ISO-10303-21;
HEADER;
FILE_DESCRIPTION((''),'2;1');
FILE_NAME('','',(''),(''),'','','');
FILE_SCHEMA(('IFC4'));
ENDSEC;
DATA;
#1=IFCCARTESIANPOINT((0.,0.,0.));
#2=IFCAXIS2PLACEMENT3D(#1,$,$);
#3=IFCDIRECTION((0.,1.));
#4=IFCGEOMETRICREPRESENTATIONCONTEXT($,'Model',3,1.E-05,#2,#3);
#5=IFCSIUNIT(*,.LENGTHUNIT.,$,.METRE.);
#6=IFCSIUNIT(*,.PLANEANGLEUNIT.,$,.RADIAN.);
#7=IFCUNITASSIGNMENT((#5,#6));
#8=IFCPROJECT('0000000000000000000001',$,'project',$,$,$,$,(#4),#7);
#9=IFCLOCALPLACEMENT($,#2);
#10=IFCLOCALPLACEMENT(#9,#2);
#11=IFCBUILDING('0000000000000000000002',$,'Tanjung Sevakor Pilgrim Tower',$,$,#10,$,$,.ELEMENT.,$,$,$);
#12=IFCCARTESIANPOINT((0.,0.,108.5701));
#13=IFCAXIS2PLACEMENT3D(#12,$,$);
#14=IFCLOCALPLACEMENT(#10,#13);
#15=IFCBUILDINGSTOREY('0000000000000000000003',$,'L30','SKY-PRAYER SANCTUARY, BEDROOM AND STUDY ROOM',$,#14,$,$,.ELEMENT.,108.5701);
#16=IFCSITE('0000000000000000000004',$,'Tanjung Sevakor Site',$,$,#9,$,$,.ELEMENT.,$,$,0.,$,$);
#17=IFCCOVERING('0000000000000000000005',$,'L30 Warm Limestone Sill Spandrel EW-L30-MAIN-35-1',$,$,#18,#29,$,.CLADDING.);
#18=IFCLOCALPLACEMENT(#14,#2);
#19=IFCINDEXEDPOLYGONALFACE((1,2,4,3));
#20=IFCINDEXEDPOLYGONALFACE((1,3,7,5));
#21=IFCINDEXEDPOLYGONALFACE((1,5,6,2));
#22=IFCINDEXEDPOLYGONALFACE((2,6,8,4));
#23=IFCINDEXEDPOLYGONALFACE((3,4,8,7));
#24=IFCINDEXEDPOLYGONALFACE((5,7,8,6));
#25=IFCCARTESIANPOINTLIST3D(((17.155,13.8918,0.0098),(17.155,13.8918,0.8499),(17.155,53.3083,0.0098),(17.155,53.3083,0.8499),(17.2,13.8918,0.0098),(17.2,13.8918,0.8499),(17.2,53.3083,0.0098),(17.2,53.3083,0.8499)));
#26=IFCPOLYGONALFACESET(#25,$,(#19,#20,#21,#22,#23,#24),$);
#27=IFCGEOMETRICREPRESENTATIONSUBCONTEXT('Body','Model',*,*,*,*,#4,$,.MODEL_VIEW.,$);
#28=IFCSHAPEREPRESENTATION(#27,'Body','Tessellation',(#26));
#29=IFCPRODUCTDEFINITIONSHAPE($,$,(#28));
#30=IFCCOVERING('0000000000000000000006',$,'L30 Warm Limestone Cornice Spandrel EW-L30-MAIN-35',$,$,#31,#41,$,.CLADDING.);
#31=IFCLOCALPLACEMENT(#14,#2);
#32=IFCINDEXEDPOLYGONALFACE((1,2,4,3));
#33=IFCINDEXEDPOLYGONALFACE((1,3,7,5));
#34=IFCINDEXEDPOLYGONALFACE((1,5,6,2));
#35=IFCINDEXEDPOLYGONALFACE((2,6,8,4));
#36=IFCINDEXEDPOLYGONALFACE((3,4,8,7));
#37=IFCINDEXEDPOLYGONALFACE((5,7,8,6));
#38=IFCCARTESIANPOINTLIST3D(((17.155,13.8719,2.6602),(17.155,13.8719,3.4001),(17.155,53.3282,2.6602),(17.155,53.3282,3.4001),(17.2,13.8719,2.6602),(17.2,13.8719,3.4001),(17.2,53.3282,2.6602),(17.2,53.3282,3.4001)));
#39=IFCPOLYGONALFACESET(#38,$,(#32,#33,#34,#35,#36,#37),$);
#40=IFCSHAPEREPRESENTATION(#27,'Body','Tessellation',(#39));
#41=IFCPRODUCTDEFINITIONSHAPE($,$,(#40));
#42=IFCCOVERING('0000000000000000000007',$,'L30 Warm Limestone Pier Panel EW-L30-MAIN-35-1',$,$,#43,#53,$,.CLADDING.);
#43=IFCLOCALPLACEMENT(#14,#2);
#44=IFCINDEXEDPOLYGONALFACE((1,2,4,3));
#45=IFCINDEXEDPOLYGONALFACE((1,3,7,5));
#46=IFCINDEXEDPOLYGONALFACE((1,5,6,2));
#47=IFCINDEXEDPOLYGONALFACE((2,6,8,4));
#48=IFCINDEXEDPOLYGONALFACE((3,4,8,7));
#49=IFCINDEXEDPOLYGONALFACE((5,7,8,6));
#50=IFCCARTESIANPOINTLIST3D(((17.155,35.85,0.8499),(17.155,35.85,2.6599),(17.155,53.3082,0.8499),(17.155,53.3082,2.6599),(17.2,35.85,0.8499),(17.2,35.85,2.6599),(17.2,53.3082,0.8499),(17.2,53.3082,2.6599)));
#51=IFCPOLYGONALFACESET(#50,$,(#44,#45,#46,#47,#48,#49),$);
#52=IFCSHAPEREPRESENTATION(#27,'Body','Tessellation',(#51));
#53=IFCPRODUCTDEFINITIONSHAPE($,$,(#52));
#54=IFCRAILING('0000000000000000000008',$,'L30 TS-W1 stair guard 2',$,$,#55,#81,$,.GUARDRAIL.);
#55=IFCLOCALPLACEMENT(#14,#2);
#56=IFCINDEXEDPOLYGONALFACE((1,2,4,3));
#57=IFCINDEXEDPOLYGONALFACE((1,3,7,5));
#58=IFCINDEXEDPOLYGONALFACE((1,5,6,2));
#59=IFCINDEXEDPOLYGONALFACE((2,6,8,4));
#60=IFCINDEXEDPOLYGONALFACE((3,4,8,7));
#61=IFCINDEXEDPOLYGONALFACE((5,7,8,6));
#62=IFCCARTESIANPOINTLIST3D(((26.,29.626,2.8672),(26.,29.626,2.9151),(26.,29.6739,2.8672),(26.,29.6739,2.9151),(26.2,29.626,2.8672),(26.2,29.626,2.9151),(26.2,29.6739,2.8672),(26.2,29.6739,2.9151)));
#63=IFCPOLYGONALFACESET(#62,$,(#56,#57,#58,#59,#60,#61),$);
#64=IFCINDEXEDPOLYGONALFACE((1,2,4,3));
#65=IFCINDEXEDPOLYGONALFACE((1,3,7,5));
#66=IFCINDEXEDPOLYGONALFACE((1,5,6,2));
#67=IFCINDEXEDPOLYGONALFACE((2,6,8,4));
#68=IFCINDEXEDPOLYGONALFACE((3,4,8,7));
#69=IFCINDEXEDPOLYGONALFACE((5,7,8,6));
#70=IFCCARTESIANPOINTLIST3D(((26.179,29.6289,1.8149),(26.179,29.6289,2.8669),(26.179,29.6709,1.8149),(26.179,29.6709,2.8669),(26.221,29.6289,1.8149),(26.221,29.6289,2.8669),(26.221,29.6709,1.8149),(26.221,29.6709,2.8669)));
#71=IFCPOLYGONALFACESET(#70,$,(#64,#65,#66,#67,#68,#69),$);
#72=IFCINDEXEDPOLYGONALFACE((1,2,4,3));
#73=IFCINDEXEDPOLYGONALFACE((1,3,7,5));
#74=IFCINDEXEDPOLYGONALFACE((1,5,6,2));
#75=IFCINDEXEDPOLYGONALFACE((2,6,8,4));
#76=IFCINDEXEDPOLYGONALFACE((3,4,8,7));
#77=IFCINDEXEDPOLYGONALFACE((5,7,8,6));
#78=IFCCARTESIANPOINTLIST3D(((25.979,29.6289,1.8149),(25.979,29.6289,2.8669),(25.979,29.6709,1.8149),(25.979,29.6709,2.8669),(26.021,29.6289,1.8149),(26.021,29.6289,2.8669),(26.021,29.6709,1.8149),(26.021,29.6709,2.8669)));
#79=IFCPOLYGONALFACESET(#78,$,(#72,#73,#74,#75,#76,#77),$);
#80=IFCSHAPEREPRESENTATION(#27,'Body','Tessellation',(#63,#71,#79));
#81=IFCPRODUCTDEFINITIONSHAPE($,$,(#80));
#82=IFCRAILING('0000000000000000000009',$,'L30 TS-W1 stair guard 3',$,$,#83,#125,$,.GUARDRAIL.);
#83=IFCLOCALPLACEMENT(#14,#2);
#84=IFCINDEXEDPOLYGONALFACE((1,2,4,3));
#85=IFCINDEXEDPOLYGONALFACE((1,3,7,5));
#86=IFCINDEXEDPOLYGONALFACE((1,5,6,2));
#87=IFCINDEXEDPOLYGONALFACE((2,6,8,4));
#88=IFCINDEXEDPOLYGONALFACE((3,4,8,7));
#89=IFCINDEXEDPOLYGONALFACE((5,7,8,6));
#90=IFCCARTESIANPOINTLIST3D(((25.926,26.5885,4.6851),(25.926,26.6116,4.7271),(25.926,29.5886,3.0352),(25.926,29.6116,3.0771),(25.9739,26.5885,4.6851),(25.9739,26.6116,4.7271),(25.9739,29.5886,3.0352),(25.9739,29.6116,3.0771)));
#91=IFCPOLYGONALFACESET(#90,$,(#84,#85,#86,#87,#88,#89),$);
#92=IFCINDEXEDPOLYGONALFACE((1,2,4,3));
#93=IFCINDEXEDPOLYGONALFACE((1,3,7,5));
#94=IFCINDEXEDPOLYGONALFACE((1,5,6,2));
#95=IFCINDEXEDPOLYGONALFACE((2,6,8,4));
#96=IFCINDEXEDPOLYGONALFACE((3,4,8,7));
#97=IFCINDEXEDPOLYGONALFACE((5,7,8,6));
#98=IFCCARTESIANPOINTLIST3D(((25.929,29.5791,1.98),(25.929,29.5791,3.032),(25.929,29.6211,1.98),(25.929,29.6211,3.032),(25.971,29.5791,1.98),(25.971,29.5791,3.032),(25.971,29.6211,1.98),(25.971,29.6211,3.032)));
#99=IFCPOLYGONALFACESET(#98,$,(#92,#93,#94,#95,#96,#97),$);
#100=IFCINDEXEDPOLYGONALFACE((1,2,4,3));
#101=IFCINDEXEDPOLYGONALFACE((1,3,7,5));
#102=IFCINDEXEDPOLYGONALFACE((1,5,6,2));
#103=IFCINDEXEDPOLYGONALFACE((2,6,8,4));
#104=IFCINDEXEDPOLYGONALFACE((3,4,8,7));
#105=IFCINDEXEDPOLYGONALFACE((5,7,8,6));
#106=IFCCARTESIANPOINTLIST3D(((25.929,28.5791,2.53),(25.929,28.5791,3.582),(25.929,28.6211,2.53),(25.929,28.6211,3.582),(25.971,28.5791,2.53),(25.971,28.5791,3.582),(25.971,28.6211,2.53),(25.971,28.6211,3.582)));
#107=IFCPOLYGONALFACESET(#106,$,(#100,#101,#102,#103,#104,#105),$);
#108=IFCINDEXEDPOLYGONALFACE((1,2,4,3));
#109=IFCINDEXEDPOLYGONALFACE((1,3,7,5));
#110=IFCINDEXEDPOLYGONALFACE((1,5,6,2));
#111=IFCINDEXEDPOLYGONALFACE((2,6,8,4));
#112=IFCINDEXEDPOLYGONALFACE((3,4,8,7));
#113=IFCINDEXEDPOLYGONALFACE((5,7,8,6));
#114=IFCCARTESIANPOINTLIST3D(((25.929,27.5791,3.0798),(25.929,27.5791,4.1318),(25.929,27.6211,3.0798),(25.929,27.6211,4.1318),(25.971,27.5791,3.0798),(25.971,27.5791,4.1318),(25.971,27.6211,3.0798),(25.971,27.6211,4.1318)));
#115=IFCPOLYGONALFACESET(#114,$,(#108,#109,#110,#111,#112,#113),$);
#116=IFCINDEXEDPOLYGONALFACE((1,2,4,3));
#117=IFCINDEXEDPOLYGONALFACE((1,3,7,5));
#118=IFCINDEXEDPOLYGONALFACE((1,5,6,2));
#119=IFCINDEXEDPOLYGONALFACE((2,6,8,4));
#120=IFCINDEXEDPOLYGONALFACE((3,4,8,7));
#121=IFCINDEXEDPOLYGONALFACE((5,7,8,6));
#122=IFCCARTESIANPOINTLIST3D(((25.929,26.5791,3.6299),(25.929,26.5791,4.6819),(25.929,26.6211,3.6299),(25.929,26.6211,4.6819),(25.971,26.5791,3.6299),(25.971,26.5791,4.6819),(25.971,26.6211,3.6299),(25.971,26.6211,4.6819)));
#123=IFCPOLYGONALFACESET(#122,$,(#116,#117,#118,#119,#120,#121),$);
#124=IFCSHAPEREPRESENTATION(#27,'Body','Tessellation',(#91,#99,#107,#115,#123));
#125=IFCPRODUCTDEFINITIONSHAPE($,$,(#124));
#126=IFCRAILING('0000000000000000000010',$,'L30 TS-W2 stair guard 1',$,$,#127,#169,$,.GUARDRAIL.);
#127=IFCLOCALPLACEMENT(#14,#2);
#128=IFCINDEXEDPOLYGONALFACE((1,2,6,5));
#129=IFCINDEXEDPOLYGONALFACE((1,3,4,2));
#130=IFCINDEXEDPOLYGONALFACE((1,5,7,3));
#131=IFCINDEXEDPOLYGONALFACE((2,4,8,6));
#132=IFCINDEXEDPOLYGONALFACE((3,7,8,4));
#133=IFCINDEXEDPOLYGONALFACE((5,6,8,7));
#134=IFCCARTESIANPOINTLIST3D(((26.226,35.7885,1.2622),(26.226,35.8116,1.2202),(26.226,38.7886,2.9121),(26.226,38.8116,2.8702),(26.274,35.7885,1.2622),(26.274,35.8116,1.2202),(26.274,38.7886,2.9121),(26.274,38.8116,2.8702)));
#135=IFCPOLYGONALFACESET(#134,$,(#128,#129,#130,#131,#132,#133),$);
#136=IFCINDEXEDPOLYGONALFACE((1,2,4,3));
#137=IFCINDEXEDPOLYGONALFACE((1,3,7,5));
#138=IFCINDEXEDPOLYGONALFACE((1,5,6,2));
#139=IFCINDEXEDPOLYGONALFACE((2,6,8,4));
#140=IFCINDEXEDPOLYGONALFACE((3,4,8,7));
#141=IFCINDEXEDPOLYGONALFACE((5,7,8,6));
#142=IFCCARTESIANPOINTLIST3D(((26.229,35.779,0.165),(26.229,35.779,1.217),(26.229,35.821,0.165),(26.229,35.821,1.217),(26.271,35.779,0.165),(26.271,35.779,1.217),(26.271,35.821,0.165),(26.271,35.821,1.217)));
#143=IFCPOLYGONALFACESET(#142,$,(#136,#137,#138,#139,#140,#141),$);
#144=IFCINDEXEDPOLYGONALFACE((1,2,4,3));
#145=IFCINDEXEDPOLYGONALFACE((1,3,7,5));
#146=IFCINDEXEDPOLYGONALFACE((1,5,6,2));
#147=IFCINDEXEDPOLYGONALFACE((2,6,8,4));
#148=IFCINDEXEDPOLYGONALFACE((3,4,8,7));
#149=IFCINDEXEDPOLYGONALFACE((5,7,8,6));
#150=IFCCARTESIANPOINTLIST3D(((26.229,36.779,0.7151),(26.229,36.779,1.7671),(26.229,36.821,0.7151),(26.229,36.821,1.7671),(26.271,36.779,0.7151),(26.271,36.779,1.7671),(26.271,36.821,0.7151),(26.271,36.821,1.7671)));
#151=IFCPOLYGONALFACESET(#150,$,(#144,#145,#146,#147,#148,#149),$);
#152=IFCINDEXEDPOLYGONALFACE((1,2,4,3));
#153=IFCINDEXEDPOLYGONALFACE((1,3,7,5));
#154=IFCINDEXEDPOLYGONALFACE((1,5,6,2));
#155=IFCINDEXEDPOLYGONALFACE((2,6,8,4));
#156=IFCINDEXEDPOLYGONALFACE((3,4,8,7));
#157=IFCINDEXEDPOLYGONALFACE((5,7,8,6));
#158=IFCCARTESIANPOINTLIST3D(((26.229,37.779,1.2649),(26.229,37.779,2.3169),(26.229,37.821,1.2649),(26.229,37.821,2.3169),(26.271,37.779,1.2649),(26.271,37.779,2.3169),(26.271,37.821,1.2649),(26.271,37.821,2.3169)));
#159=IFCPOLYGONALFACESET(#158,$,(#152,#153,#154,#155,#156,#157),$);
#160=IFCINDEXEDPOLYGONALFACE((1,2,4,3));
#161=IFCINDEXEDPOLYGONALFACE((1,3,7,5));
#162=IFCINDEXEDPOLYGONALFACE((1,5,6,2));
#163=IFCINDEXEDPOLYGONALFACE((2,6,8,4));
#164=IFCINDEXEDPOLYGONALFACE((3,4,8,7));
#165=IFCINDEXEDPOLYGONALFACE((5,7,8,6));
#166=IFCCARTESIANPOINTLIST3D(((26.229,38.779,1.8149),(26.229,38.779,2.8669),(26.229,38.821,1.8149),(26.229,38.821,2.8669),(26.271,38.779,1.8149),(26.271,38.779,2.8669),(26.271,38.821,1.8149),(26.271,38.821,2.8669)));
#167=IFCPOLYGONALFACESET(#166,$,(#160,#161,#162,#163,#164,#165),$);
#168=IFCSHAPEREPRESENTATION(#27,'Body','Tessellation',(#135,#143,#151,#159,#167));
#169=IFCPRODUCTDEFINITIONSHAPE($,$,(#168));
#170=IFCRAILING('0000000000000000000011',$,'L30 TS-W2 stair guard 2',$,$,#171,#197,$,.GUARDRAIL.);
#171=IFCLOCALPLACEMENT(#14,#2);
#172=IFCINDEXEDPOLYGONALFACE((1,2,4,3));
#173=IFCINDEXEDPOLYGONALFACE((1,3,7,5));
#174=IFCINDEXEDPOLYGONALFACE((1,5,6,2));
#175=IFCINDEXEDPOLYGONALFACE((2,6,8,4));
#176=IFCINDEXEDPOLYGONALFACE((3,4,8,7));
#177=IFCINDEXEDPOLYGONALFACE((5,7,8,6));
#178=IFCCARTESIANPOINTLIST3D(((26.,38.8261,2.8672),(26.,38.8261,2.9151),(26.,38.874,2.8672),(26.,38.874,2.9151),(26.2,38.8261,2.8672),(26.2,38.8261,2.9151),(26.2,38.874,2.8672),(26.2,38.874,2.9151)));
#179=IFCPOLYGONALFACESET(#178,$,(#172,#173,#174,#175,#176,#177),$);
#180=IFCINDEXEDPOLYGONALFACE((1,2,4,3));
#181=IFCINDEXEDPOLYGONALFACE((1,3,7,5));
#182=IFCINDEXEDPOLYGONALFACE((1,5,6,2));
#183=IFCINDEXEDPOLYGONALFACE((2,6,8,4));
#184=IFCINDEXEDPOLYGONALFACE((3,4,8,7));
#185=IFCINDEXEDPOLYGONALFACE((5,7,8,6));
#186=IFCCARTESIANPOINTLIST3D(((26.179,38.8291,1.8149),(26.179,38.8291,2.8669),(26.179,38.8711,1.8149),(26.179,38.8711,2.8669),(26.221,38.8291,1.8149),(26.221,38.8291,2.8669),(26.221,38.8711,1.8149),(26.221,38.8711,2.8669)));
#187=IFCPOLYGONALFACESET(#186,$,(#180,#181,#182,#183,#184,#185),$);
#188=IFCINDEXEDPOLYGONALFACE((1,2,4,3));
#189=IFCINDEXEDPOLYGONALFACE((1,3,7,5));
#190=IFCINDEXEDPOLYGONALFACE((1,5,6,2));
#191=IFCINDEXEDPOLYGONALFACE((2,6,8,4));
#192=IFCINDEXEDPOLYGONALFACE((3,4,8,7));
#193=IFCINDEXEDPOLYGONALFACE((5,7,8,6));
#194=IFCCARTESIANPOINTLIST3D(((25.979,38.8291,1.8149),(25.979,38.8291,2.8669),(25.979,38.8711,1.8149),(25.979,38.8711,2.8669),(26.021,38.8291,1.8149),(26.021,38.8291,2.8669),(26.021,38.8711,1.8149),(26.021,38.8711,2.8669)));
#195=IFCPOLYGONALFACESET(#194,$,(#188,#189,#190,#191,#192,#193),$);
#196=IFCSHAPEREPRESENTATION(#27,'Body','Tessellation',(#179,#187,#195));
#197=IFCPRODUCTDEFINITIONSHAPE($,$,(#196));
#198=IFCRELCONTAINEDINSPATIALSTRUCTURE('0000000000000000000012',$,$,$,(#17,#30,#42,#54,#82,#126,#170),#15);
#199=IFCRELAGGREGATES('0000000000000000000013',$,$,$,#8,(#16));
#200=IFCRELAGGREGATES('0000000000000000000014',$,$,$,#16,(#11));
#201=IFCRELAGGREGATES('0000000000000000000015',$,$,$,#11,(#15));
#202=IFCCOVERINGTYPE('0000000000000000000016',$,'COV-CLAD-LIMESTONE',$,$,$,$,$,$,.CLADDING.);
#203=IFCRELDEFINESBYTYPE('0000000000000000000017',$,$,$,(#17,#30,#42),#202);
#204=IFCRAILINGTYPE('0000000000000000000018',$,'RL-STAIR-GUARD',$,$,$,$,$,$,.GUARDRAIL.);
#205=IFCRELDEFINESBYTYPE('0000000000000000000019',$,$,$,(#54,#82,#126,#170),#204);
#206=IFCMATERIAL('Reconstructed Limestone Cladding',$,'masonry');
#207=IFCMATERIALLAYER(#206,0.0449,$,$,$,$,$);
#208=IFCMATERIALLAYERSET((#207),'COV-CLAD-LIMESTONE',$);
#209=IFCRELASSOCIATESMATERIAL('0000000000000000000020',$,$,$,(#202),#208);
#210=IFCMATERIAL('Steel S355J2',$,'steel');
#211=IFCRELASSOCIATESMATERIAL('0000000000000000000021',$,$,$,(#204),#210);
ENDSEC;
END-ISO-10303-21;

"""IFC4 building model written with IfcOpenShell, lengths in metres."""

from ifc_helpers import new_model, si_unit, direction, frame, origin, origin_2d, place, context, subcontext, project, spatial, rectangle, extrude, material, layer, layer_set, type_object, element, save


model = new_model("IFC4")

# Units and contexts
model_context = context("Model", 3, precision=1e-05, world=origin(), true_north=direction((0.0, 1.0)))
body_context = subcontext(model_context, "Body", "Model", "MODEL_VIEW")
ifc_project = project(units=[si_unit("LENGTHUNIT", "METRE"), si_unit("PLANEANGLEUNIT", "RADIAN")], contexts=[model_context])

# Site, building, storey
site_placement = place(None, origin())
site = spatial("IfcSite", under=ifc_project, at=site_placement, Name="Tanjung Sevakor Site", CompositionType="ELEMENT", RefElevation=0.0)
building_placement = place(site_placement, origin())
building = spatial("IfcBuilding", under=site, at=building_placement, Name="Tanjung Sevakor Pilgrim Tower", CompositionType="ELEMENT")
storey_placement = place(building_placement, frame((0.0, 0.0, 108.5701)))
storey = spatial("IfcBuildingStorey", under=building, at=storey_placement, Name="L30", Description="SKY-PRAYER SANCTUARY, BEDROOM AND STUDY ROOM", CompositionType="ELEMENT", Elevation=108.5701)

# Coverings
ifc_material_1 = material(Name="Reconstructed Limestone Cladding", Category="masonry")
ifc_layer_1 = layer(ifc_material_1, 0.0449)
ifc_layer_set_1 = layer_set([ifc_layer_1], Name="COV-CLAD-LIMESTONE")
covering_type = type_object("IfcCoveringType", Name="COV-CLAD-LIMESTONE", PredefinedType="CLADDING", material=ifc_layer_set_1)
covering_1_placement = place(storey_placement, frame((17.1775, 33.6001, 0.0098), z_axis=(0.0, 0.0, 1.0), x_axis=(0.0, -1.0, 0.0)))
element("IfcCovering", 1, at=covering_1_placement, inside=storey, type_object=covering_type, Name="L30 Warm Limestone Sill Spandrel EW-L30-MAIN-35-1", PredefinedType="CLADDING", context=body_context, shape_type="SweptSolid", body=[
    extrude(rectangle(XDim=39.4165, YDim=0.0449, at=origin_2d()), origin(), (0.0, 0.0, 1.0), 0.8401),
])
covering_2_placement = place(storey_placement, frame((17.1775, 33.6001, 2.6602), z_axis=(0.0, 0.0, 1.0), x_axis=(0.0, -1.0, 0.0)))
element("IfcCovering", 2, at=covering_2_placement, inside=storey, type_object=covering_type, Name="L30 Warm Limestone Cornice Spandrel EW-L30-MAIN-35", PredefinedType="CLADDING", context=body_context, shape_type="SweptSolid", body=[
    extrude(rectangle(XDim=39.4563, YDim=0.0449, at=origin_2d()), origin(), (0.0, 0.0, 1.0), 0.74),
])
covering_3_placement = place(storey_placement, frame((17.1775, 44.5791, 0.8499), z_axis=(0.0, 0.0, 1.0), x_axis=(0.0, -1.0, 0.0)))
element("IfcCovering", 3, at=covering_3_placement, inside=storey, type_object=covering_type, Name="L30 Warm Limestone Pier Panel EW-L30-MAIN-35-1", PredefinedType="CLADDING", context=body_context, shape_type="SweptSolid", body=[
    extrude(rectangle(XDim=17.4583, YDim=0.0449, at=origin_2d()), origin(), (0.0, 0.0, 1.0), 1.8101),
])

# Railings
ifc_material_2 = material(Name="Steel S355J2", Category="steel")
railing_type_1 = type_object("IfcRailingType", Name="RL-STAIR-GUARD", PredefinedType="GUARDRAIL", material=ifc_material_2)
railing_1_placement = place(storey_placement, frame((26.2, 29.6499, 1.8149)))
element("IfcRailing", 4, at=railing_1_placement, inside=storey, type_object=railing_type_1, Name="L30 TS-W1 stair guard 2", PredefinedType="GUARDRAIL", context=body_context, shape_type="SweptSolid", body=[
    extrude(rectangle(XDim=0.0479, YDim=0.0479), frame((0.0, 0.0, 1.0762), z_axis=(-1.0, 0.0, 0.0), x_axis=(0.0, -1.0, 0.0)), (0.0, 0.0, 1.0), 0.2),
    extrude(rectangle(XDim=0.042, YDim=0.042), origin(), (0.0, 0.0, 1.0), 1.052),
    extrude(rectangle(XDim=0.042, YDim=0.042), frame((-0.2, 0.0, 0.0)), (0.0, 0.0, 1.0), 1.052),
])
railing_2_placement = place(storey_placement, frame((25.95, 29.6001, 1.98)))
element("IfcRailing", 5, at=railing_2_placement, inside=storey, type_object=railing_type_1, Name="L30 TS-W1 stair guard 3", PredefinedType="GUARDRAIL", context=body_context, shape_type="SweptSolid", body=[
    extrude(rectangle(XDim=0.0479, YDim=0.0479), frame((0.0, 0.0, 1.0762), z_axis=(0.0, -0.876228, 0.481897), x_axis=(1.0, 0.0, 0.0)), (0.0, 0.0, 1.0), 3.4238),
    extrude(rectangle(XDim=0.042, YDim=0.042), origin(), (0.0, 0.0, 1.0), 1.052),
    extrude(rectangle(XDim=0.042, YDim=0.042), frame((0.0, -1.0, 0.55)), (0.0, 0.0, 1.0), 1.052),
    extrude(rectangle(XDim=0.042, YDim=0.042), frame((0.0, -2.0, 1.0999)), (0.0, 0.0, 1.0), 1.052),
    extrude(rectangle(XDim=0.042, YDim=0.042), frame((0.0, -3.0, 1.6499)), (0.0, 0.0, 1.0), 1.052),
])
railing_3_placement = place(storey_placement, frame((26.25, 35.8, 0.165)))
element("IfcRailing", 6, at=railing_3_placement, inside=storey, type_object=railing_type_1, Name="L30 TS-W2 stair guard 1", PredefinedType="GUARDRAIL", context=body_context, shape_type="SweptSolid", body=[
    extrude(rectangle(XDim=0.0479, YDim=0.0479), frame((0.0, 0.0, 1.0762), z_axis=(0.0, 0.876228, 0.481897), x_axis=(-1.0, 0.0, 0.0)), (0.0, 0.0, 1.0), 3.4238),
    extrude(rectangle(XDim=0.042, YDim=0.042), origin(), (0.0, 0.0, 1.0), 1.052),
    extrude(rectangle(XDim=0.042, YDim=0.042), frame((0.0, 1.0, 0.55)), (0.0, 0.0, 1.0), 1.052),
    extrude(rectangle(XDim=0.042, YDim=0.042), frame((0.0, 2.0, 1.0999)), (0.0, 0.0, 1.0), 1.052),
    extrude(rectangle(XDim=0.042, YDim=0.042), frame((0.0, 3.0, 1.6499)), (0.0, 0.0, 1.0), 1.052),
])
railing_4_placement = place(storey_placement, frame((26.2, 38.8501, 1.8149)))
element("IfcRailing", 7, at=railing_4_placement, inside=storey, type_object=railing_type_1, Name="L30 TS-W2 stair guard 2", PredefinedType="GUARDRAIL", context=body_context, shape_type="SweptSolid", body=[
    extrude(rectangle(XDim=0.0479, YDim=0.0479), frame((0.0, 0.0, 1.0762), z_axis=(-1.0, 0.0, 0.0), x_axis=(0.0, -1.0, 0.0)), (0.0, 0.0, 1.0), 0.2),
    extrude(rectangle(XDim=0.042, YDim=0.042), origin(), (0.0, 0.0, 1.0), 1.052),
    extrude(rectangle(XDim=0.042, YDim=0.042), frame((-0.2, 0.0, 0.0)), (0.0, 0.0, 1.0), 1.052),
])

save(model, "model.ifc")
